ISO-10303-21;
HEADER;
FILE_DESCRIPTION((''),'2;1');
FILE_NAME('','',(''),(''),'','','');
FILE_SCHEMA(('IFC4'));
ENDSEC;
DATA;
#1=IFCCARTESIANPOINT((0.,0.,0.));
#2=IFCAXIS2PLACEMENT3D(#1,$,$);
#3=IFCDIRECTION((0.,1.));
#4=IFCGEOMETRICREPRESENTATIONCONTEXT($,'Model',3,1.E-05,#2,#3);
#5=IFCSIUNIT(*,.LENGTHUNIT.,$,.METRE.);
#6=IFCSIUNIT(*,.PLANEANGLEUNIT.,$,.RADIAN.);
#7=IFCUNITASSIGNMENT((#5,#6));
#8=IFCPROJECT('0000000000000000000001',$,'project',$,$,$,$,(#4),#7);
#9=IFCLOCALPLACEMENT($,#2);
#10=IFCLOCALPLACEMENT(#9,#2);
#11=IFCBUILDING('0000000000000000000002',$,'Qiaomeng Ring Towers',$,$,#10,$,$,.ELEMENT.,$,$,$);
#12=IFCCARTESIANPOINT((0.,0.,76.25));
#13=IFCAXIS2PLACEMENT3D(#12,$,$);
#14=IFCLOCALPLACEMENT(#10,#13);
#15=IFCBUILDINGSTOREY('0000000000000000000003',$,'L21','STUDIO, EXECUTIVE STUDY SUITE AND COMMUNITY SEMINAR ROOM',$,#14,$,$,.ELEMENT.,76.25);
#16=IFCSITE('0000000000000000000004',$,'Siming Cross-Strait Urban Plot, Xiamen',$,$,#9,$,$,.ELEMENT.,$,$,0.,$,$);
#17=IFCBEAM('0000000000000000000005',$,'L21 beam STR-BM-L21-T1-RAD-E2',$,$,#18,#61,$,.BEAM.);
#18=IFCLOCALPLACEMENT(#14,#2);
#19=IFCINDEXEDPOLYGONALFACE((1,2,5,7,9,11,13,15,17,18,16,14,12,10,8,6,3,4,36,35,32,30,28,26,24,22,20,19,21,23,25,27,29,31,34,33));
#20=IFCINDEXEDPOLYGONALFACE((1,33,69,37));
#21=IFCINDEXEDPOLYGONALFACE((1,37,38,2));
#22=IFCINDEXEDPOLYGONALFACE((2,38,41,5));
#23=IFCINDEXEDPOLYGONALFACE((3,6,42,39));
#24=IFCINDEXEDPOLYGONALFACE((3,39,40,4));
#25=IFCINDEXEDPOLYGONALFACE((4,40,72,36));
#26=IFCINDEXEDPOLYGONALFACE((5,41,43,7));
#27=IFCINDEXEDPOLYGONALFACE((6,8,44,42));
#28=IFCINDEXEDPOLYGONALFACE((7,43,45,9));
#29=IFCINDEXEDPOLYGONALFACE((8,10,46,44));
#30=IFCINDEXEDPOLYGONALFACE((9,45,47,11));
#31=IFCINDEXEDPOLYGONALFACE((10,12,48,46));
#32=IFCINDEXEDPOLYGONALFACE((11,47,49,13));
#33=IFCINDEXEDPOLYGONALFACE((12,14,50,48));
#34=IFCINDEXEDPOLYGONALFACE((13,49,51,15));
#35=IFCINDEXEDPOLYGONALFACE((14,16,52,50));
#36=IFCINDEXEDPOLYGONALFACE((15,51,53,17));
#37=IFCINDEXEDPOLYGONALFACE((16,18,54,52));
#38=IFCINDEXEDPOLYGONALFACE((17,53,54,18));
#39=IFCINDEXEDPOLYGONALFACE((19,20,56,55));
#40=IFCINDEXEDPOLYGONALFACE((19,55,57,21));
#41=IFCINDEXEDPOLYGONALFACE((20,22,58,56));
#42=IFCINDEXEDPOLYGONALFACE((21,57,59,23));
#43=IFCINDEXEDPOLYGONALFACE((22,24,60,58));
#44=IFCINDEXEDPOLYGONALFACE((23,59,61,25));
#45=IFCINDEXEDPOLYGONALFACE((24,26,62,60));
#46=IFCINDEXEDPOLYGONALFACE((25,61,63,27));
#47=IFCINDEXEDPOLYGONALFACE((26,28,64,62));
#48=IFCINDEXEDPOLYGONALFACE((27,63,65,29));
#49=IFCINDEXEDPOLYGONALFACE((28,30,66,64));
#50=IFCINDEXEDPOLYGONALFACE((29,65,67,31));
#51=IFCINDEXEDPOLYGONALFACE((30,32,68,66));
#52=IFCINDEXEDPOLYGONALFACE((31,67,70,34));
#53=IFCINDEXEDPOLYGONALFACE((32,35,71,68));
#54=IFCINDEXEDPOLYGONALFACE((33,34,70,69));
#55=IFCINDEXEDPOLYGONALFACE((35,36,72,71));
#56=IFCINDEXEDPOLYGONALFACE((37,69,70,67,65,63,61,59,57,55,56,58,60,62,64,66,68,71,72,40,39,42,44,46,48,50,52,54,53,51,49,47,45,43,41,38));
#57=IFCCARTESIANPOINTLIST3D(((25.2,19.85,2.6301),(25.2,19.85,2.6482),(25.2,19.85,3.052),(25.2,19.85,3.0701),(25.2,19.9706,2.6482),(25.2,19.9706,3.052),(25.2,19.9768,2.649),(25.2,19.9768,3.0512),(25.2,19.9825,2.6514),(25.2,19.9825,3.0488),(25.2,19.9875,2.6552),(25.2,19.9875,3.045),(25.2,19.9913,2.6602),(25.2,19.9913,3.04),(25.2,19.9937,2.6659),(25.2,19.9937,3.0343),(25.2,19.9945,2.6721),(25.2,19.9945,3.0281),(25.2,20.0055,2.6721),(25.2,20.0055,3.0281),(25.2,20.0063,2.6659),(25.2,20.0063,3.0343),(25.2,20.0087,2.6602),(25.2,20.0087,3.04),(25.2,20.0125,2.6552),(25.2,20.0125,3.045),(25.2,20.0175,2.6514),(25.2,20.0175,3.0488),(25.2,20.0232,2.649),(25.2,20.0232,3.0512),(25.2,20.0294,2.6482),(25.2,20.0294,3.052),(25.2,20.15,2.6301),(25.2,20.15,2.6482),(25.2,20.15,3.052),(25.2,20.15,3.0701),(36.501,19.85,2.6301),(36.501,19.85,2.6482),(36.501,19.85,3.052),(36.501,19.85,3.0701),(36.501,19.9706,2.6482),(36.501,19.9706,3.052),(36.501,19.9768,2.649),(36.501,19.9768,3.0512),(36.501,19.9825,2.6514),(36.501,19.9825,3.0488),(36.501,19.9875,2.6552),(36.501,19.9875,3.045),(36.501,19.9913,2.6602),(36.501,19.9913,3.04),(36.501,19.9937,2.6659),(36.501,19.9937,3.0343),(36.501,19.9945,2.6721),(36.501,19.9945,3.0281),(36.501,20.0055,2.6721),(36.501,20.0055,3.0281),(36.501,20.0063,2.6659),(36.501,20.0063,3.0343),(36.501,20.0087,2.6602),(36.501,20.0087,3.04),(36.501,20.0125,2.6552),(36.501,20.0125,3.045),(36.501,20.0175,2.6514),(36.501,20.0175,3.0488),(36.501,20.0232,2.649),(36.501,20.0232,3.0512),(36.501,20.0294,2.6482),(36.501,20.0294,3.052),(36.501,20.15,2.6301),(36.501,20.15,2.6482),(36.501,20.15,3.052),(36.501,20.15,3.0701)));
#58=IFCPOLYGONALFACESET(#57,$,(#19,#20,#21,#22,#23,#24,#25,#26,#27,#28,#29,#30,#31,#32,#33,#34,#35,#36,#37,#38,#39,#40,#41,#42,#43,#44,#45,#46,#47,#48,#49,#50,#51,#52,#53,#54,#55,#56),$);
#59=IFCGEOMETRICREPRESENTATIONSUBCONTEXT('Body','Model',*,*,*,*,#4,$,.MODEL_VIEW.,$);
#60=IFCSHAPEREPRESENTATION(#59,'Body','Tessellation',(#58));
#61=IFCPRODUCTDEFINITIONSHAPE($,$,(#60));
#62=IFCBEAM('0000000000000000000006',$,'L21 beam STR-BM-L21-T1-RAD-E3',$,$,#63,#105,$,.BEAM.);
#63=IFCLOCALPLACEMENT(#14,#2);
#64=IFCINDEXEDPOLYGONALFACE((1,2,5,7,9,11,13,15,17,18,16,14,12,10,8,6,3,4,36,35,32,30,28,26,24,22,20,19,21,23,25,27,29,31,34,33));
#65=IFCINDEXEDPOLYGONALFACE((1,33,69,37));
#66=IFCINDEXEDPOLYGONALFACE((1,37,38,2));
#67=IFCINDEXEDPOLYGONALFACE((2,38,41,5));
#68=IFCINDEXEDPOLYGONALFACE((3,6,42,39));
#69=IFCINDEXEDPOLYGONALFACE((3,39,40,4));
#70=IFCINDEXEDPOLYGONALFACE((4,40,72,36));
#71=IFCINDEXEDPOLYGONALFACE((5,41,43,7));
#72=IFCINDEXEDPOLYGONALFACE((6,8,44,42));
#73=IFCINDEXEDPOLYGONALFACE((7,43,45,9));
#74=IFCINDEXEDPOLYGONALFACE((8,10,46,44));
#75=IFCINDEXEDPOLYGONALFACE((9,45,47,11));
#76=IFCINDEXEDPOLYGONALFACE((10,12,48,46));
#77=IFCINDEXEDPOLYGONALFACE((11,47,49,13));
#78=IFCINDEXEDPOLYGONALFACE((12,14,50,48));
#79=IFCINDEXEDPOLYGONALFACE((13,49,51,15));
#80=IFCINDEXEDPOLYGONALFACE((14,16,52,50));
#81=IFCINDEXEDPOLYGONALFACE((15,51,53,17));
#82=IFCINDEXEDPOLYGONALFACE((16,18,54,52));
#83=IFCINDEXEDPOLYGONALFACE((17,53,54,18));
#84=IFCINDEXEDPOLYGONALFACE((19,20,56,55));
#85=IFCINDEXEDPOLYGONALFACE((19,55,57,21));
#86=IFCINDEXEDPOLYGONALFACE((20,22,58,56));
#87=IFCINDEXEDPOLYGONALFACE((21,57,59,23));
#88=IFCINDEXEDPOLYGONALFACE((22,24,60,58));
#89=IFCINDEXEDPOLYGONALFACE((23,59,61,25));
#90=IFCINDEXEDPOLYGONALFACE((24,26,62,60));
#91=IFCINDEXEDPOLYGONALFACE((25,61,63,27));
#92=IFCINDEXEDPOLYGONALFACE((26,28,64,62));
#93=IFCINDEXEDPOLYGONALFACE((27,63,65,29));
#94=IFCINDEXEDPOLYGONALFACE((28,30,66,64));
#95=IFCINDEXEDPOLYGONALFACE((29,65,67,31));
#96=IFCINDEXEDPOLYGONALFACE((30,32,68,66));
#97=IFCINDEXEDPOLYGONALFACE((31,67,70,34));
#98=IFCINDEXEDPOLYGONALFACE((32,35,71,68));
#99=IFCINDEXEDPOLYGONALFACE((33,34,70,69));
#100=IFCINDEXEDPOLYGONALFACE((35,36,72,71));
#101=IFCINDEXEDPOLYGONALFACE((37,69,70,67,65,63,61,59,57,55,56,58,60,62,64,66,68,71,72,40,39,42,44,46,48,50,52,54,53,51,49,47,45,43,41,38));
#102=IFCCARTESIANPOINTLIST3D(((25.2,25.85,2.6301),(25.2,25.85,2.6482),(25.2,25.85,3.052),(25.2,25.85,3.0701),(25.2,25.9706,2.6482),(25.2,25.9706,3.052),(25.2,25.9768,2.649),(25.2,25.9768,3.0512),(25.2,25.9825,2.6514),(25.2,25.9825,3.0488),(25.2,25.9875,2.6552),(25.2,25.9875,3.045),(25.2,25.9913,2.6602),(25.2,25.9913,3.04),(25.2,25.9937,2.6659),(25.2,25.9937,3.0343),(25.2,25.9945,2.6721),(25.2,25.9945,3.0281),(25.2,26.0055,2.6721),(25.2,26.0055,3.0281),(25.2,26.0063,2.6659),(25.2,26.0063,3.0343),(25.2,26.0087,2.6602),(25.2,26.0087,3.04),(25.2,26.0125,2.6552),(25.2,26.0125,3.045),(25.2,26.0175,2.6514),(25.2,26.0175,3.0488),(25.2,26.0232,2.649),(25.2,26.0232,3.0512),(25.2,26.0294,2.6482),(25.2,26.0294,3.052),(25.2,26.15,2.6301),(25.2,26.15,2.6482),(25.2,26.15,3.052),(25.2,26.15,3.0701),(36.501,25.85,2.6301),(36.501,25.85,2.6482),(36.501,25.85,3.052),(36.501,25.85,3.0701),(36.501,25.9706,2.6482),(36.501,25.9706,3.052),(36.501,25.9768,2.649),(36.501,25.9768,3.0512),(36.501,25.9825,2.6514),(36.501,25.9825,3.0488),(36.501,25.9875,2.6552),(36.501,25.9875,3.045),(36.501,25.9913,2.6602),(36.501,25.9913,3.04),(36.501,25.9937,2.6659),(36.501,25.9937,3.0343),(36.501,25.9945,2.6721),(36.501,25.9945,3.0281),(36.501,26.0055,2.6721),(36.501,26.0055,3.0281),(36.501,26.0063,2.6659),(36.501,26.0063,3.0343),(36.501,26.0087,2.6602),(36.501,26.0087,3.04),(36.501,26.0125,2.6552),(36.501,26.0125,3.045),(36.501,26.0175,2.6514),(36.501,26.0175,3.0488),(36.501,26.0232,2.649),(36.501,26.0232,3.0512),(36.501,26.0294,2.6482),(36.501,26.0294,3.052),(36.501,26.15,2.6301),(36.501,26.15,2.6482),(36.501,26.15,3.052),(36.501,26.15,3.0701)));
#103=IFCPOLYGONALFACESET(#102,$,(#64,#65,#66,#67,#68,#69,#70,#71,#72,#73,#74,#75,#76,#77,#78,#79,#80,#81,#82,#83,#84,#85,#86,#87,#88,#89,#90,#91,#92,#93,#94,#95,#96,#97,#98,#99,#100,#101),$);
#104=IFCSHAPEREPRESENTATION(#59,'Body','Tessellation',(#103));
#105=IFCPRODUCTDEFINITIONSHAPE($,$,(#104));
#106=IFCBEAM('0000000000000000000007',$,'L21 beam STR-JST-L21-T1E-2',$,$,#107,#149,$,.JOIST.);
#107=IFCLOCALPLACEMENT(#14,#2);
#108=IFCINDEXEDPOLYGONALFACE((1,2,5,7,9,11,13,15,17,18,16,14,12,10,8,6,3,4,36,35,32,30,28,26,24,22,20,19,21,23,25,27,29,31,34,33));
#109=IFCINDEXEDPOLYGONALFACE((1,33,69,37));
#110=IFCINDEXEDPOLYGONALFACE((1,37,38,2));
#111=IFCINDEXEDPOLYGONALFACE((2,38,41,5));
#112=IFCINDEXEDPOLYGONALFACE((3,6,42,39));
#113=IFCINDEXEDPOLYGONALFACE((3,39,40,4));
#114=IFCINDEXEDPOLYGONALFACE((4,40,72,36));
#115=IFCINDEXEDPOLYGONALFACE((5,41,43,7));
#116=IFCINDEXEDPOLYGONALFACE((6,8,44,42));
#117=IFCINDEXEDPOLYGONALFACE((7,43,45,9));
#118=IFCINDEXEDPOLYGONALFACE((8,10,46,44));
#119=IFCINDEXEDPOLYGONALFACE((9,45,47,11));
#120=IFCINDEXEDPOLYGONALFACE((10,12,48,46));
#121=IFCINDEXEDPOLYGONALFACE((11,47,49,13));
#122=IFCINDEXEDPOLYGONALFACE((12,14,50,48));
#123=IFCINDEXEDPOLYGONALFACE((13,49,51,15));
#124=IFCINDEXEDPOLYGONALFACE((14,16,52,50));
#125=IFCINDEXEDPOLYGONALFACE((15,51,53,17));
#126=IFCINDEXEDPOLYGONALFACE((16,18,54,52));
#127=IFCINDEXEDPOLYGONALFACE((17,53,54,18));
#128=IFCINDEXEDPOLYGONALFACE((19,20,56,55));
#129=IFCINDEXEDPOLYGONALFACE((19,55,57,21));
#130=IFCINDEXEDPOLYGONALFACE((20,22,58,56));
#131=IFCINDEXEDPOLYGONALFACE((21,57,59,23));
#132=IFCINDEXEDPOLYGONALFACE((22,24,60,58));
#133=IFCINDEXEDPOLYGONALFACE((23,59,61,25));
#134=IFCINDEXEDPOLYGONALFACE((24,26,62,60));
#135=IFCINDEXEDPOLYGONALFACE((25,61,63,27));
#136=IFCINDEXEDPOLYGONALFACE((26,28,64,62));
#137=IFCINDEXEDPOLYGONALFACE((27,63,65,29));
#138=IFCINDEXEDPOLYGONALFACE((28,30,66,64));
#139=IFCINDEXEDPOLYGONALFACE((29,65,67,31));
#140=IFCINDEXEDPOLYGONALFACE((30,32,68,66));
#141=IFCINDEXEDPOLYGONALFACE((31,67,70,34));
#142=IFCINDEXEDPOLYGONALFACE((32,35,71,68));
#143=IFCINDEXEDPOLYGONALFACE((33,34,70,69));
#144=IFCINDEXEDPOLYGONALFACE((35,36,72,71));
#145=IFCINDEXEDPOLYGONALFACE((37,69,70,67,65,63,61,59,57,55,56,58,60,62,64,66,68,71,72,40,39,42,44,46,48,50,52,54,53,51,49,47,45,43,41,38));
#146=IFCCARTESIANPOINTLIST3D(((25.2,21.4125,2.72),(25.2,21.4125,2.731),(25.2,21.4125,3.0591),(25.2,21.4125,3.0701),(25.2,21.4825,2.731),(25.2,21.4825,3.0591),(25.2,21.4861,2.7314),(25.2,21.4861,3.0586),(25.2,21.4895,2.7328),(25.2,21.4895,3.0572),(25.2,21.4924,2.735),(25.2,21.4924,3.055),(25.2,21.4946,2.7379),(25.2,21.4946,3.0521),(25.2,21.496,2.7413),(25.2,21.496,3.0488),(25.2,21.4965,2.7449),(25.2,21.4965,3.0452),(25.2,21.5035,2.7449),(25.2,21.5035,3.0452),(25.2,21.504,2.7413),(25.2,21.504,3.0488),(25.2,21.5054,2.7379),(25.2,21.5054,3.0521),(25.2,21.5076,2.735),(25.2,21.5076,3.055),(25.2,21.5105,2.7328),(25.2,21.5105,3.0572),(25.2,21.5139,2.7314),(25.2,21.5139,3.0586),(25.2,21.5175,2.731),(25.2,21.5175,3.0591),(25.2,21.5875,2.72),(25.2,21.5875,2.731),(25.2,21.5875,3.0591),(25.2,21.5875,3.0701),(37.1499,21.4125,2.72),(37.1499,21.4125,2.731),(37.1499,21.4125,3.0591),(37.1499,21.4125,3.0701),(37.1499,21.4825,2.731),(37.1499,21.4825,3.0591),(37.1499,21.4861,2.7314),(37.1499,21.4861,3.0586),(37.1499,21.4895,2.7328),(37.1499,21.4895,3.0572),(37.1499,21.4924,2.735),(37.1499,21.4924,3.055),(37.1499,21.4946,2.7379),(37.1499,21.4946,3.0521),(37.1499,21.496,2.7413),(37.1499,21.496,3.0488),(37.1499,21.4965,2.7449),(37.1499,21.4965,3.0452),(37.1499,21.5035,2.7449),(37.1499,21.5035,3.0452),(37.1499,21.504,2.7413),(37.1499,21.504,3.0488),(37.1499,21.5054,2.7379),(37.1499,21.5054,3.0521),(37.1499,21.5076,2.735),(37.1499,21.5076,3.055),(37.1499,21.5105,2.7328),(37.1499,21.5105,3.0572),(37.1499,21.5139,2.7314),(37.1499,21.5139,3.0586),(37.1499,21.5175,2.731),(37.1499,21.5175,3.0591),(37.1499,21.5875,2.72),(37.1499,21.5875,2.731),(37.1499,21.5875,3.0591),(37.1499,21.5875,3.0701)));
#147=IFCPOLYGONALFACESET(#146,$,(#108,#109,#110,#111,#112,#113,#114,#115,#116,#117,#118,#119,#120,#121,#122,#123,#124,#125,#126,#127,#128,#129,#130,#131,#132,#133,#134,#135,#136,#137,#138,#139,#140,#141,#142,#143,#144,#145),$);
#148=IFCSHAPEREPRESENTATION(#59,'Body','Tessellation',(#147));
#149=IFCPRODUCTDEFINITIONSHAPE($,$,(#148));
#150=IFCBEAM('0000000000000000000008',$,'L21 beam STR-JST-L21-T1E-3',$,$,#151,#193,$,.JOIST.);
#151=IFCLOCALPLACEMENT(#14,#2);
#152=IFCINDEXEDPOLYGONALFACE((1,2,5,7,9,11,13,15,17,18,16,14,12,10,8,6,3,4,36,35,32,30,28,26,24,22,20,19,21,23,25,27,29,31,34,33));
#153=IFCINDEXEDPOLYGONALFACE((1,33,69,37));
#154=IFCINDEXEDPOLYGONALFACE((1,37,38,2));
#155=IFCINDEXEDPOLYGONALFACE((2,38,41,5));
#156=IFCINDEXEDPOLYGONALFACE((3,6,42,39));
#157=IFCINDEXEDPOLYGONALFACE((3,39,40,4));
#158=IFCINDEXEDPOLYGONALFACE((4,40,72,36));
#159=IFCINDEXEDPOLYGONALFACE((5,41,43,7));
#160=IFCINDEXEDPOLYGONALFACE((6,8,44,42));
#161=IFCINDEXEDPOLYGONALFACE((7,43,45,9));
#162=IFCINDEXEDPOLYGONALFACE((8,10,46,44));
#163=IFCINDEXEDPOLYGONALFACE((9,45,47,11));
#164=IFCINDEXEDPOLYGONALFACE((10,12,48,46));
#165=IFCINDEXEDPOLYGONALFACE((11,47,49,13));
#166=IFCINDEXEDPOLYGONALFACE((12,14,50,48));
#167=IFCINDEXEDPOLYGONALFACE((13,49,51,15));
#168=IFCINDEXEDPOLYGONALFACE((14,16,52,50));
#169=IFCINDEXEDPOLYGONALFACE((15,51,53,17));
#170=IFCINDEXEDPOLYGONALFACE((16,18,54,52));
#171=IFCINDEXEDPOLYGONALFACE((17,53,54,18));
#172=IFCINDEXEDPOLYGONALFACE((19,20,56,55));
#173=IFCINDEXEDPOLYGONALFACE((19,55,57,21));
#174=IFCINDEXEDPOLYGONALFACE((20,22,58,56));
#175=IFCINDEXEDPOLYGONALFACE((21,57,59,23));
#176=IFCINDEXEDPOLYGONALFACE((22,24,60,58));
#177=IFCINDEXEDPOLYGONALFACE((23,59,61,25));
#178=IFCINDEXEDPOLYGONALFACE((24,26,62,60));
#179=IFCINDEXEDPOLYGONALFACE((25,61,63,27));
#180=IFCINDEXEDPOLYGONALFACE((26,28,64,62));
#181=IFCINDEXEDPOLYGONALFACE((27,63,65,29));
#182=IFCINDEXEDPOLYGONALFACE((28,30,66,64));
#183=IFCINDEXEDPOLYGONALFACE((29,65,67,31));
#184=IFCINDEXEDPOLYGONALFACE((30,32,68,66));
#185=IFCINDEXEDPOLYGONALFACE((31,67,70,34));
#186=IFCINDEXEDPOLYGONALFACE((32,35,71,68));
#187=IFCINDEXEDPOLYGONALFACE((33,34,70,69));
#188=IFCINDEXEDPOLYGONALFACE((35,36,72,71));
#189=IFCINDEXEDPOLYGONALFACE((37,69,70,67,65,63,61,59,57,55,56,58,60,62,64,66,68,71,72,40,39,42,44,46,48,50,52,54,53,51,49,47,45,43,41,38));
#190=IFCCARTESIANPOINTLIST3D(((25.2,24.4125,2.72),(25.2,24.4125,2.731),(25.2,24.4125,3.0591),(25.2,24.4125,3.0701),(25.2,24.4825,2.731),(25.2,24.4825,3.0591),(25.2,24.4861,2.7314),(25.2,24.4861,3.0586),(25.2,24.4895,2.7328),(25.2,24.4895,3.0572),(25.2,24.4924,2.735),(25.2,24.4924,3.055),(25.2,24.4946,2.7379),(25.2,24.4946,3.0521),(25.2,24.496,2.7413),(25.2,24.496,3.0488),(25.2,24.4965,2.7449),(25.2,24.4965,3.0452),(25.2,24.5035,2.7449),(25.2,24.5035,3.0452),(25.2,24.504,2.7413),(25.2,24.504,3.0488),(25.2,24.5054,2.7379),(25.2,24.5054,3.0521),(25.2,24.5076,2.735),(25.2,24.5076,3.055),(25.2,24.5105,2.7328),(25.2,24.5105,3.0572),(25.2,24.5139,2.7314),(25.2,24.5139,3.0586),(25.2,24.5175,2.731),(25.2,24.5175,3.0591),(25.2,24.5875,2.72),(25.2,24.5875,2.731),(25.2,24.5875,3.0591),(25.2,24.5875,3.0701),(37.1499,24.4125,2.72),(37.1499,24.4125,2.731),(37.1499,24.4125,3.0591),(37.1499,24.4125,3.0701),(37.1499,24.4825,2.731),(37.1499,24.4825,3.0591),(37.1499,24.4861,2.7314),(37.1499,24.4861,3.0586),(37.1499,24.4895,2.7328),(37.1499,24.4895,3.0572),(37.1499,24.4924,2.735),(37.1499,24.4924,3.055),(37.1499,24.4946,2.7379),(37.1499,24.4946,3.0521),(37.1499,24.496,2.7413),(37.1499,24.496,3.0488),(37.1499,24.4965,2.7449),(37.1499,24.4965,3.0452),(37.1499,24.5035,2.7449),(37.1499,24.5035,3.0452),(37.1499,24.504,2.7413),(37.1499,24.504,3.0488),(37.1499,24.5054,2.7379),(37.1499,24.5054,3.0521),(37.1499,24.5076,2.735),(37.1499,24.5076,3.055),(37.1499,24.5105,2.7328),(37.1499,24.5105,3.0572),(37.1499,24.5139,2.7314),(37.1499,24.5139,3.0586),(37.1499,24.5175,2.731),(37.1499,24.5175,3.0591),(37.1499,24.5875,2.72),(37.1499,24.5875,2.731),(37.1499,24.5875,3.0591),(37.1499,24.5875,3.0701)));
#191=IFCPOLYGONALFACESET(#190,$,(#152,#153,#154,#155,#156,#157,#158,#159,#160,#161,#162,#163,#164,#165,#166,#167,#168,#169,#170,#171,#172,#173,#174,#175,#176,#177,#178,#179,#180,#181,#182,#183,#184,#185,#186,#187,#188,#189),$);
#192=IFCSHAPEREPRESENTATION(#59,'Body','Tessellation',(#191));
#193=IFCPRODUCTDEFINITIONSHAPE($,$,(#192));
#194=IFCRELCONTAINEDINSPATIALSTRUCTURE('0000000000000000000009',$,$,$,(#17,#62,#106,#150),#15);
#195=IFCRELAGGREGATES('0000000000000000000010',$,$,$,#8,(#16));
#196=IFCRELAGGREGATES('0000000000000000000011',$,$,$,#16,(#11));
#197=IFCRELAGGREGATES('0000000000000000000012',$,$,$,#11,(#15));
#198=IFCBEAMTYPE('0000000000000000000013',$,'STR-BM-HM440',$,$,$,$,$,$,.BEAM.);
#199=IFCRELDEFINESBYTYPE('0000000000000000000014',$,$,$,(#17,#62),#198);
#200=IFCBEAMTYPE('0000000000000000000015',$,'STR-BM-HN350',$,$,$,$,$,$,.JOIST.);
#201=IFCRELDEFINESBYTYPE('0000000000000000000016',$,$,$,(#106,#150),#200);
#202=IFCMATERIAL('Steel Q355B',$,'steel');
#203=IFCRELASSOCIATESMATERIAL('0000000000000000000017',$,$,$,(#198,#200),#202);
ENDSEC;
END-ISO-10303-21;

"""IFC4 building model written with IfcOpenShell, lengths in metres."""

from ifc_helpers import new_model, si_unit, direction, frame, origin, origin_2d, place, context, subcontext, project, spatial, i_section, extrude, source, transform, mapped, material, material_profile, profile_set, type_object, element, save


model = new_model("IFC4")

# Units and contexts
model_context = context("Model", 3, precision=1e-05, world=origin(), true_north=direction((0.0, 1.0)))
body_context = subcontext(model_context, "Body", "Model", "MODEL_VIEW")
ifc_project = project(units=[si_unit("LENGTHUNIT", "METRE"), si_unit("PLANEANGLEUNIT", "RADIAN")], contexts=[model_context])

# Site, building, storey
site_placement = place(None, origin())
site = spatial("IfcSite", under=ifc_project, at=site_placement, Name="Siming Cross-Strait Urban Plot, Xiamen", CompositionType="ELEMENT", RefElevation=0.0)
building_placement = place(site_placement, origin())
building = spatial("IfcBuilding", under=site, at=building_placement, Name="Qiaomeng Ring Towers", CompositionType="ELEMENT")
storey_placement = place(building_placement, frame((0.0, 0.0, 76.25)))
storey = spatial("IfcBuildingStorey", under=building, at=storey_placement, Name="L21", Description="STUDIO, EXECUTIVE STUDY SUITE AND COMMUNITY SEMINAR ROOM", CompositionType="ELEMENT", Elevation=76.25)

# Beams
ifc_material_1 = material(Name="Steel Q355B", Category="steel")
ifc_material_profile_1 = material_profile(ifc_material_1, i_section(OverallWidth=0.3, OverallDepth=0.4399, WebThickness=0.011, FlangeThickness=0.0181, FilletRadius=0.0239, at=origin_2d()), Name="HM 440x300x11x18")
ifc_profile_set_1 = profile_set([ifc_material_profile_1], Name="Steel Q355B")
beam_type_1 = type_object("IfcBeamType", Name="STR-BM-HM440", PredefinedType="BEAM", material=ifc_profile_set_1)
shared_shape_1 = source(origin(), body_context, "Body", "SweptSolid", [
    extrude(i_section(OverallWidth=0.3, OverallDepth=0.4399, WebThickness=0.011, FlangeThickness=0.0181, FilletRadius=0.0239, at=origin_2d()), origin(), (0.0, 0.0, 1.0), 11.301),
])
for number, where, z_axis, x_axis, name in (
    (1, (25.2, 20.0, 2.8501), (1.0, 0.0, 0.0), (0.0, 1.0, 0.0), "L21 beam STR-BM-L21-T1-RAD-E2"),
    (2, (25.2, 26.0, 2.8501), (1.0, 0.0, 0.0), (0.0, 1.0, 0.0), "L21 beam STR-BM-L21-T1-RAD-E3"),
):
    element("IfcBeam", number, at=place(storey_placement, frame(where, z_axis=z_axis, x_axis=x_axis)), inside=storey, type_object=beam_type_1, Name=name, PredefinedType="BEAM", context=body_context, shape_type="MappedRepresentation", body=[
        mapped(shared_shape_1, transform((0.0, 0.0, 0.0), x_axis=(1.0, 0.0, 0.0), y_axis=(0.0, 1.0, 0.0), z_axis=(0.0, 0.0, 1.0), scale=1.0)),
    ])
ifc_material_profile_2 = material_profile(ifc_material_1, i_section(OverallWidth=0.175, OverallDepth=0.3501, WebThickness=0.0071, FlangeThickness=0.011, FilletRadius=0.0139, at=origin_2d()), Name="HN 350x175x7x11")
ifc_profile_set_2 = profile_set([ifc_material_profile_2], Name="Steel Q355B")
beam_type_2 = type_object("IfcBeamType", Name="STR-BM-HN350", PredefinedType="JOIST", material=ifc_profile_set_2)
shared_shape_2 = source(origin(), body_context, "Body", "SweptSolid", [
    extrude(i_section(OverallWidth=0.175, OverallDepth=0.3501, WebThickness=0.0071, FlangeThickness=0.011, FilletRadius=0.0139, at=origin_2d()), origin(), (0.0, 0.0, 1.0), 11.95),
])
for number, where, z_axis, x_axis, name in (
    (3, (25.2, 21.5, 2.895), (1.0, 0.0, 0.0), (0.0, 1.0, 0.0), "L21 beam STR-JST-L21-T1E-2"),
    (4, (25.2, 24.5, 2.895), (1.0, 0.0, 0.0), (0.0, 1.0, 0.0), "L21 beam STR-JST-L21-T1E-3"),
):
    element("IfcBeam", number, at=place(storey_placement, frame(where, z_axis=z_axis, x_axis=x_axis)), inside=storey, type_object=beam_type_2, Name=name, PredefinedType="JOIST", context=body_context, shape_type="MappedRepresentation", body=[
        mapped(shared_shape_2, transform((0.0, 0.0, 0.0), x_axis=(1.0, 0.0, 0.0), y_axis=(0.0, 1.0, 0.0), z_axis=(0.0, 0.0, 1.0), scale=1.0)),
    ])

save(model, "model.ifc")
